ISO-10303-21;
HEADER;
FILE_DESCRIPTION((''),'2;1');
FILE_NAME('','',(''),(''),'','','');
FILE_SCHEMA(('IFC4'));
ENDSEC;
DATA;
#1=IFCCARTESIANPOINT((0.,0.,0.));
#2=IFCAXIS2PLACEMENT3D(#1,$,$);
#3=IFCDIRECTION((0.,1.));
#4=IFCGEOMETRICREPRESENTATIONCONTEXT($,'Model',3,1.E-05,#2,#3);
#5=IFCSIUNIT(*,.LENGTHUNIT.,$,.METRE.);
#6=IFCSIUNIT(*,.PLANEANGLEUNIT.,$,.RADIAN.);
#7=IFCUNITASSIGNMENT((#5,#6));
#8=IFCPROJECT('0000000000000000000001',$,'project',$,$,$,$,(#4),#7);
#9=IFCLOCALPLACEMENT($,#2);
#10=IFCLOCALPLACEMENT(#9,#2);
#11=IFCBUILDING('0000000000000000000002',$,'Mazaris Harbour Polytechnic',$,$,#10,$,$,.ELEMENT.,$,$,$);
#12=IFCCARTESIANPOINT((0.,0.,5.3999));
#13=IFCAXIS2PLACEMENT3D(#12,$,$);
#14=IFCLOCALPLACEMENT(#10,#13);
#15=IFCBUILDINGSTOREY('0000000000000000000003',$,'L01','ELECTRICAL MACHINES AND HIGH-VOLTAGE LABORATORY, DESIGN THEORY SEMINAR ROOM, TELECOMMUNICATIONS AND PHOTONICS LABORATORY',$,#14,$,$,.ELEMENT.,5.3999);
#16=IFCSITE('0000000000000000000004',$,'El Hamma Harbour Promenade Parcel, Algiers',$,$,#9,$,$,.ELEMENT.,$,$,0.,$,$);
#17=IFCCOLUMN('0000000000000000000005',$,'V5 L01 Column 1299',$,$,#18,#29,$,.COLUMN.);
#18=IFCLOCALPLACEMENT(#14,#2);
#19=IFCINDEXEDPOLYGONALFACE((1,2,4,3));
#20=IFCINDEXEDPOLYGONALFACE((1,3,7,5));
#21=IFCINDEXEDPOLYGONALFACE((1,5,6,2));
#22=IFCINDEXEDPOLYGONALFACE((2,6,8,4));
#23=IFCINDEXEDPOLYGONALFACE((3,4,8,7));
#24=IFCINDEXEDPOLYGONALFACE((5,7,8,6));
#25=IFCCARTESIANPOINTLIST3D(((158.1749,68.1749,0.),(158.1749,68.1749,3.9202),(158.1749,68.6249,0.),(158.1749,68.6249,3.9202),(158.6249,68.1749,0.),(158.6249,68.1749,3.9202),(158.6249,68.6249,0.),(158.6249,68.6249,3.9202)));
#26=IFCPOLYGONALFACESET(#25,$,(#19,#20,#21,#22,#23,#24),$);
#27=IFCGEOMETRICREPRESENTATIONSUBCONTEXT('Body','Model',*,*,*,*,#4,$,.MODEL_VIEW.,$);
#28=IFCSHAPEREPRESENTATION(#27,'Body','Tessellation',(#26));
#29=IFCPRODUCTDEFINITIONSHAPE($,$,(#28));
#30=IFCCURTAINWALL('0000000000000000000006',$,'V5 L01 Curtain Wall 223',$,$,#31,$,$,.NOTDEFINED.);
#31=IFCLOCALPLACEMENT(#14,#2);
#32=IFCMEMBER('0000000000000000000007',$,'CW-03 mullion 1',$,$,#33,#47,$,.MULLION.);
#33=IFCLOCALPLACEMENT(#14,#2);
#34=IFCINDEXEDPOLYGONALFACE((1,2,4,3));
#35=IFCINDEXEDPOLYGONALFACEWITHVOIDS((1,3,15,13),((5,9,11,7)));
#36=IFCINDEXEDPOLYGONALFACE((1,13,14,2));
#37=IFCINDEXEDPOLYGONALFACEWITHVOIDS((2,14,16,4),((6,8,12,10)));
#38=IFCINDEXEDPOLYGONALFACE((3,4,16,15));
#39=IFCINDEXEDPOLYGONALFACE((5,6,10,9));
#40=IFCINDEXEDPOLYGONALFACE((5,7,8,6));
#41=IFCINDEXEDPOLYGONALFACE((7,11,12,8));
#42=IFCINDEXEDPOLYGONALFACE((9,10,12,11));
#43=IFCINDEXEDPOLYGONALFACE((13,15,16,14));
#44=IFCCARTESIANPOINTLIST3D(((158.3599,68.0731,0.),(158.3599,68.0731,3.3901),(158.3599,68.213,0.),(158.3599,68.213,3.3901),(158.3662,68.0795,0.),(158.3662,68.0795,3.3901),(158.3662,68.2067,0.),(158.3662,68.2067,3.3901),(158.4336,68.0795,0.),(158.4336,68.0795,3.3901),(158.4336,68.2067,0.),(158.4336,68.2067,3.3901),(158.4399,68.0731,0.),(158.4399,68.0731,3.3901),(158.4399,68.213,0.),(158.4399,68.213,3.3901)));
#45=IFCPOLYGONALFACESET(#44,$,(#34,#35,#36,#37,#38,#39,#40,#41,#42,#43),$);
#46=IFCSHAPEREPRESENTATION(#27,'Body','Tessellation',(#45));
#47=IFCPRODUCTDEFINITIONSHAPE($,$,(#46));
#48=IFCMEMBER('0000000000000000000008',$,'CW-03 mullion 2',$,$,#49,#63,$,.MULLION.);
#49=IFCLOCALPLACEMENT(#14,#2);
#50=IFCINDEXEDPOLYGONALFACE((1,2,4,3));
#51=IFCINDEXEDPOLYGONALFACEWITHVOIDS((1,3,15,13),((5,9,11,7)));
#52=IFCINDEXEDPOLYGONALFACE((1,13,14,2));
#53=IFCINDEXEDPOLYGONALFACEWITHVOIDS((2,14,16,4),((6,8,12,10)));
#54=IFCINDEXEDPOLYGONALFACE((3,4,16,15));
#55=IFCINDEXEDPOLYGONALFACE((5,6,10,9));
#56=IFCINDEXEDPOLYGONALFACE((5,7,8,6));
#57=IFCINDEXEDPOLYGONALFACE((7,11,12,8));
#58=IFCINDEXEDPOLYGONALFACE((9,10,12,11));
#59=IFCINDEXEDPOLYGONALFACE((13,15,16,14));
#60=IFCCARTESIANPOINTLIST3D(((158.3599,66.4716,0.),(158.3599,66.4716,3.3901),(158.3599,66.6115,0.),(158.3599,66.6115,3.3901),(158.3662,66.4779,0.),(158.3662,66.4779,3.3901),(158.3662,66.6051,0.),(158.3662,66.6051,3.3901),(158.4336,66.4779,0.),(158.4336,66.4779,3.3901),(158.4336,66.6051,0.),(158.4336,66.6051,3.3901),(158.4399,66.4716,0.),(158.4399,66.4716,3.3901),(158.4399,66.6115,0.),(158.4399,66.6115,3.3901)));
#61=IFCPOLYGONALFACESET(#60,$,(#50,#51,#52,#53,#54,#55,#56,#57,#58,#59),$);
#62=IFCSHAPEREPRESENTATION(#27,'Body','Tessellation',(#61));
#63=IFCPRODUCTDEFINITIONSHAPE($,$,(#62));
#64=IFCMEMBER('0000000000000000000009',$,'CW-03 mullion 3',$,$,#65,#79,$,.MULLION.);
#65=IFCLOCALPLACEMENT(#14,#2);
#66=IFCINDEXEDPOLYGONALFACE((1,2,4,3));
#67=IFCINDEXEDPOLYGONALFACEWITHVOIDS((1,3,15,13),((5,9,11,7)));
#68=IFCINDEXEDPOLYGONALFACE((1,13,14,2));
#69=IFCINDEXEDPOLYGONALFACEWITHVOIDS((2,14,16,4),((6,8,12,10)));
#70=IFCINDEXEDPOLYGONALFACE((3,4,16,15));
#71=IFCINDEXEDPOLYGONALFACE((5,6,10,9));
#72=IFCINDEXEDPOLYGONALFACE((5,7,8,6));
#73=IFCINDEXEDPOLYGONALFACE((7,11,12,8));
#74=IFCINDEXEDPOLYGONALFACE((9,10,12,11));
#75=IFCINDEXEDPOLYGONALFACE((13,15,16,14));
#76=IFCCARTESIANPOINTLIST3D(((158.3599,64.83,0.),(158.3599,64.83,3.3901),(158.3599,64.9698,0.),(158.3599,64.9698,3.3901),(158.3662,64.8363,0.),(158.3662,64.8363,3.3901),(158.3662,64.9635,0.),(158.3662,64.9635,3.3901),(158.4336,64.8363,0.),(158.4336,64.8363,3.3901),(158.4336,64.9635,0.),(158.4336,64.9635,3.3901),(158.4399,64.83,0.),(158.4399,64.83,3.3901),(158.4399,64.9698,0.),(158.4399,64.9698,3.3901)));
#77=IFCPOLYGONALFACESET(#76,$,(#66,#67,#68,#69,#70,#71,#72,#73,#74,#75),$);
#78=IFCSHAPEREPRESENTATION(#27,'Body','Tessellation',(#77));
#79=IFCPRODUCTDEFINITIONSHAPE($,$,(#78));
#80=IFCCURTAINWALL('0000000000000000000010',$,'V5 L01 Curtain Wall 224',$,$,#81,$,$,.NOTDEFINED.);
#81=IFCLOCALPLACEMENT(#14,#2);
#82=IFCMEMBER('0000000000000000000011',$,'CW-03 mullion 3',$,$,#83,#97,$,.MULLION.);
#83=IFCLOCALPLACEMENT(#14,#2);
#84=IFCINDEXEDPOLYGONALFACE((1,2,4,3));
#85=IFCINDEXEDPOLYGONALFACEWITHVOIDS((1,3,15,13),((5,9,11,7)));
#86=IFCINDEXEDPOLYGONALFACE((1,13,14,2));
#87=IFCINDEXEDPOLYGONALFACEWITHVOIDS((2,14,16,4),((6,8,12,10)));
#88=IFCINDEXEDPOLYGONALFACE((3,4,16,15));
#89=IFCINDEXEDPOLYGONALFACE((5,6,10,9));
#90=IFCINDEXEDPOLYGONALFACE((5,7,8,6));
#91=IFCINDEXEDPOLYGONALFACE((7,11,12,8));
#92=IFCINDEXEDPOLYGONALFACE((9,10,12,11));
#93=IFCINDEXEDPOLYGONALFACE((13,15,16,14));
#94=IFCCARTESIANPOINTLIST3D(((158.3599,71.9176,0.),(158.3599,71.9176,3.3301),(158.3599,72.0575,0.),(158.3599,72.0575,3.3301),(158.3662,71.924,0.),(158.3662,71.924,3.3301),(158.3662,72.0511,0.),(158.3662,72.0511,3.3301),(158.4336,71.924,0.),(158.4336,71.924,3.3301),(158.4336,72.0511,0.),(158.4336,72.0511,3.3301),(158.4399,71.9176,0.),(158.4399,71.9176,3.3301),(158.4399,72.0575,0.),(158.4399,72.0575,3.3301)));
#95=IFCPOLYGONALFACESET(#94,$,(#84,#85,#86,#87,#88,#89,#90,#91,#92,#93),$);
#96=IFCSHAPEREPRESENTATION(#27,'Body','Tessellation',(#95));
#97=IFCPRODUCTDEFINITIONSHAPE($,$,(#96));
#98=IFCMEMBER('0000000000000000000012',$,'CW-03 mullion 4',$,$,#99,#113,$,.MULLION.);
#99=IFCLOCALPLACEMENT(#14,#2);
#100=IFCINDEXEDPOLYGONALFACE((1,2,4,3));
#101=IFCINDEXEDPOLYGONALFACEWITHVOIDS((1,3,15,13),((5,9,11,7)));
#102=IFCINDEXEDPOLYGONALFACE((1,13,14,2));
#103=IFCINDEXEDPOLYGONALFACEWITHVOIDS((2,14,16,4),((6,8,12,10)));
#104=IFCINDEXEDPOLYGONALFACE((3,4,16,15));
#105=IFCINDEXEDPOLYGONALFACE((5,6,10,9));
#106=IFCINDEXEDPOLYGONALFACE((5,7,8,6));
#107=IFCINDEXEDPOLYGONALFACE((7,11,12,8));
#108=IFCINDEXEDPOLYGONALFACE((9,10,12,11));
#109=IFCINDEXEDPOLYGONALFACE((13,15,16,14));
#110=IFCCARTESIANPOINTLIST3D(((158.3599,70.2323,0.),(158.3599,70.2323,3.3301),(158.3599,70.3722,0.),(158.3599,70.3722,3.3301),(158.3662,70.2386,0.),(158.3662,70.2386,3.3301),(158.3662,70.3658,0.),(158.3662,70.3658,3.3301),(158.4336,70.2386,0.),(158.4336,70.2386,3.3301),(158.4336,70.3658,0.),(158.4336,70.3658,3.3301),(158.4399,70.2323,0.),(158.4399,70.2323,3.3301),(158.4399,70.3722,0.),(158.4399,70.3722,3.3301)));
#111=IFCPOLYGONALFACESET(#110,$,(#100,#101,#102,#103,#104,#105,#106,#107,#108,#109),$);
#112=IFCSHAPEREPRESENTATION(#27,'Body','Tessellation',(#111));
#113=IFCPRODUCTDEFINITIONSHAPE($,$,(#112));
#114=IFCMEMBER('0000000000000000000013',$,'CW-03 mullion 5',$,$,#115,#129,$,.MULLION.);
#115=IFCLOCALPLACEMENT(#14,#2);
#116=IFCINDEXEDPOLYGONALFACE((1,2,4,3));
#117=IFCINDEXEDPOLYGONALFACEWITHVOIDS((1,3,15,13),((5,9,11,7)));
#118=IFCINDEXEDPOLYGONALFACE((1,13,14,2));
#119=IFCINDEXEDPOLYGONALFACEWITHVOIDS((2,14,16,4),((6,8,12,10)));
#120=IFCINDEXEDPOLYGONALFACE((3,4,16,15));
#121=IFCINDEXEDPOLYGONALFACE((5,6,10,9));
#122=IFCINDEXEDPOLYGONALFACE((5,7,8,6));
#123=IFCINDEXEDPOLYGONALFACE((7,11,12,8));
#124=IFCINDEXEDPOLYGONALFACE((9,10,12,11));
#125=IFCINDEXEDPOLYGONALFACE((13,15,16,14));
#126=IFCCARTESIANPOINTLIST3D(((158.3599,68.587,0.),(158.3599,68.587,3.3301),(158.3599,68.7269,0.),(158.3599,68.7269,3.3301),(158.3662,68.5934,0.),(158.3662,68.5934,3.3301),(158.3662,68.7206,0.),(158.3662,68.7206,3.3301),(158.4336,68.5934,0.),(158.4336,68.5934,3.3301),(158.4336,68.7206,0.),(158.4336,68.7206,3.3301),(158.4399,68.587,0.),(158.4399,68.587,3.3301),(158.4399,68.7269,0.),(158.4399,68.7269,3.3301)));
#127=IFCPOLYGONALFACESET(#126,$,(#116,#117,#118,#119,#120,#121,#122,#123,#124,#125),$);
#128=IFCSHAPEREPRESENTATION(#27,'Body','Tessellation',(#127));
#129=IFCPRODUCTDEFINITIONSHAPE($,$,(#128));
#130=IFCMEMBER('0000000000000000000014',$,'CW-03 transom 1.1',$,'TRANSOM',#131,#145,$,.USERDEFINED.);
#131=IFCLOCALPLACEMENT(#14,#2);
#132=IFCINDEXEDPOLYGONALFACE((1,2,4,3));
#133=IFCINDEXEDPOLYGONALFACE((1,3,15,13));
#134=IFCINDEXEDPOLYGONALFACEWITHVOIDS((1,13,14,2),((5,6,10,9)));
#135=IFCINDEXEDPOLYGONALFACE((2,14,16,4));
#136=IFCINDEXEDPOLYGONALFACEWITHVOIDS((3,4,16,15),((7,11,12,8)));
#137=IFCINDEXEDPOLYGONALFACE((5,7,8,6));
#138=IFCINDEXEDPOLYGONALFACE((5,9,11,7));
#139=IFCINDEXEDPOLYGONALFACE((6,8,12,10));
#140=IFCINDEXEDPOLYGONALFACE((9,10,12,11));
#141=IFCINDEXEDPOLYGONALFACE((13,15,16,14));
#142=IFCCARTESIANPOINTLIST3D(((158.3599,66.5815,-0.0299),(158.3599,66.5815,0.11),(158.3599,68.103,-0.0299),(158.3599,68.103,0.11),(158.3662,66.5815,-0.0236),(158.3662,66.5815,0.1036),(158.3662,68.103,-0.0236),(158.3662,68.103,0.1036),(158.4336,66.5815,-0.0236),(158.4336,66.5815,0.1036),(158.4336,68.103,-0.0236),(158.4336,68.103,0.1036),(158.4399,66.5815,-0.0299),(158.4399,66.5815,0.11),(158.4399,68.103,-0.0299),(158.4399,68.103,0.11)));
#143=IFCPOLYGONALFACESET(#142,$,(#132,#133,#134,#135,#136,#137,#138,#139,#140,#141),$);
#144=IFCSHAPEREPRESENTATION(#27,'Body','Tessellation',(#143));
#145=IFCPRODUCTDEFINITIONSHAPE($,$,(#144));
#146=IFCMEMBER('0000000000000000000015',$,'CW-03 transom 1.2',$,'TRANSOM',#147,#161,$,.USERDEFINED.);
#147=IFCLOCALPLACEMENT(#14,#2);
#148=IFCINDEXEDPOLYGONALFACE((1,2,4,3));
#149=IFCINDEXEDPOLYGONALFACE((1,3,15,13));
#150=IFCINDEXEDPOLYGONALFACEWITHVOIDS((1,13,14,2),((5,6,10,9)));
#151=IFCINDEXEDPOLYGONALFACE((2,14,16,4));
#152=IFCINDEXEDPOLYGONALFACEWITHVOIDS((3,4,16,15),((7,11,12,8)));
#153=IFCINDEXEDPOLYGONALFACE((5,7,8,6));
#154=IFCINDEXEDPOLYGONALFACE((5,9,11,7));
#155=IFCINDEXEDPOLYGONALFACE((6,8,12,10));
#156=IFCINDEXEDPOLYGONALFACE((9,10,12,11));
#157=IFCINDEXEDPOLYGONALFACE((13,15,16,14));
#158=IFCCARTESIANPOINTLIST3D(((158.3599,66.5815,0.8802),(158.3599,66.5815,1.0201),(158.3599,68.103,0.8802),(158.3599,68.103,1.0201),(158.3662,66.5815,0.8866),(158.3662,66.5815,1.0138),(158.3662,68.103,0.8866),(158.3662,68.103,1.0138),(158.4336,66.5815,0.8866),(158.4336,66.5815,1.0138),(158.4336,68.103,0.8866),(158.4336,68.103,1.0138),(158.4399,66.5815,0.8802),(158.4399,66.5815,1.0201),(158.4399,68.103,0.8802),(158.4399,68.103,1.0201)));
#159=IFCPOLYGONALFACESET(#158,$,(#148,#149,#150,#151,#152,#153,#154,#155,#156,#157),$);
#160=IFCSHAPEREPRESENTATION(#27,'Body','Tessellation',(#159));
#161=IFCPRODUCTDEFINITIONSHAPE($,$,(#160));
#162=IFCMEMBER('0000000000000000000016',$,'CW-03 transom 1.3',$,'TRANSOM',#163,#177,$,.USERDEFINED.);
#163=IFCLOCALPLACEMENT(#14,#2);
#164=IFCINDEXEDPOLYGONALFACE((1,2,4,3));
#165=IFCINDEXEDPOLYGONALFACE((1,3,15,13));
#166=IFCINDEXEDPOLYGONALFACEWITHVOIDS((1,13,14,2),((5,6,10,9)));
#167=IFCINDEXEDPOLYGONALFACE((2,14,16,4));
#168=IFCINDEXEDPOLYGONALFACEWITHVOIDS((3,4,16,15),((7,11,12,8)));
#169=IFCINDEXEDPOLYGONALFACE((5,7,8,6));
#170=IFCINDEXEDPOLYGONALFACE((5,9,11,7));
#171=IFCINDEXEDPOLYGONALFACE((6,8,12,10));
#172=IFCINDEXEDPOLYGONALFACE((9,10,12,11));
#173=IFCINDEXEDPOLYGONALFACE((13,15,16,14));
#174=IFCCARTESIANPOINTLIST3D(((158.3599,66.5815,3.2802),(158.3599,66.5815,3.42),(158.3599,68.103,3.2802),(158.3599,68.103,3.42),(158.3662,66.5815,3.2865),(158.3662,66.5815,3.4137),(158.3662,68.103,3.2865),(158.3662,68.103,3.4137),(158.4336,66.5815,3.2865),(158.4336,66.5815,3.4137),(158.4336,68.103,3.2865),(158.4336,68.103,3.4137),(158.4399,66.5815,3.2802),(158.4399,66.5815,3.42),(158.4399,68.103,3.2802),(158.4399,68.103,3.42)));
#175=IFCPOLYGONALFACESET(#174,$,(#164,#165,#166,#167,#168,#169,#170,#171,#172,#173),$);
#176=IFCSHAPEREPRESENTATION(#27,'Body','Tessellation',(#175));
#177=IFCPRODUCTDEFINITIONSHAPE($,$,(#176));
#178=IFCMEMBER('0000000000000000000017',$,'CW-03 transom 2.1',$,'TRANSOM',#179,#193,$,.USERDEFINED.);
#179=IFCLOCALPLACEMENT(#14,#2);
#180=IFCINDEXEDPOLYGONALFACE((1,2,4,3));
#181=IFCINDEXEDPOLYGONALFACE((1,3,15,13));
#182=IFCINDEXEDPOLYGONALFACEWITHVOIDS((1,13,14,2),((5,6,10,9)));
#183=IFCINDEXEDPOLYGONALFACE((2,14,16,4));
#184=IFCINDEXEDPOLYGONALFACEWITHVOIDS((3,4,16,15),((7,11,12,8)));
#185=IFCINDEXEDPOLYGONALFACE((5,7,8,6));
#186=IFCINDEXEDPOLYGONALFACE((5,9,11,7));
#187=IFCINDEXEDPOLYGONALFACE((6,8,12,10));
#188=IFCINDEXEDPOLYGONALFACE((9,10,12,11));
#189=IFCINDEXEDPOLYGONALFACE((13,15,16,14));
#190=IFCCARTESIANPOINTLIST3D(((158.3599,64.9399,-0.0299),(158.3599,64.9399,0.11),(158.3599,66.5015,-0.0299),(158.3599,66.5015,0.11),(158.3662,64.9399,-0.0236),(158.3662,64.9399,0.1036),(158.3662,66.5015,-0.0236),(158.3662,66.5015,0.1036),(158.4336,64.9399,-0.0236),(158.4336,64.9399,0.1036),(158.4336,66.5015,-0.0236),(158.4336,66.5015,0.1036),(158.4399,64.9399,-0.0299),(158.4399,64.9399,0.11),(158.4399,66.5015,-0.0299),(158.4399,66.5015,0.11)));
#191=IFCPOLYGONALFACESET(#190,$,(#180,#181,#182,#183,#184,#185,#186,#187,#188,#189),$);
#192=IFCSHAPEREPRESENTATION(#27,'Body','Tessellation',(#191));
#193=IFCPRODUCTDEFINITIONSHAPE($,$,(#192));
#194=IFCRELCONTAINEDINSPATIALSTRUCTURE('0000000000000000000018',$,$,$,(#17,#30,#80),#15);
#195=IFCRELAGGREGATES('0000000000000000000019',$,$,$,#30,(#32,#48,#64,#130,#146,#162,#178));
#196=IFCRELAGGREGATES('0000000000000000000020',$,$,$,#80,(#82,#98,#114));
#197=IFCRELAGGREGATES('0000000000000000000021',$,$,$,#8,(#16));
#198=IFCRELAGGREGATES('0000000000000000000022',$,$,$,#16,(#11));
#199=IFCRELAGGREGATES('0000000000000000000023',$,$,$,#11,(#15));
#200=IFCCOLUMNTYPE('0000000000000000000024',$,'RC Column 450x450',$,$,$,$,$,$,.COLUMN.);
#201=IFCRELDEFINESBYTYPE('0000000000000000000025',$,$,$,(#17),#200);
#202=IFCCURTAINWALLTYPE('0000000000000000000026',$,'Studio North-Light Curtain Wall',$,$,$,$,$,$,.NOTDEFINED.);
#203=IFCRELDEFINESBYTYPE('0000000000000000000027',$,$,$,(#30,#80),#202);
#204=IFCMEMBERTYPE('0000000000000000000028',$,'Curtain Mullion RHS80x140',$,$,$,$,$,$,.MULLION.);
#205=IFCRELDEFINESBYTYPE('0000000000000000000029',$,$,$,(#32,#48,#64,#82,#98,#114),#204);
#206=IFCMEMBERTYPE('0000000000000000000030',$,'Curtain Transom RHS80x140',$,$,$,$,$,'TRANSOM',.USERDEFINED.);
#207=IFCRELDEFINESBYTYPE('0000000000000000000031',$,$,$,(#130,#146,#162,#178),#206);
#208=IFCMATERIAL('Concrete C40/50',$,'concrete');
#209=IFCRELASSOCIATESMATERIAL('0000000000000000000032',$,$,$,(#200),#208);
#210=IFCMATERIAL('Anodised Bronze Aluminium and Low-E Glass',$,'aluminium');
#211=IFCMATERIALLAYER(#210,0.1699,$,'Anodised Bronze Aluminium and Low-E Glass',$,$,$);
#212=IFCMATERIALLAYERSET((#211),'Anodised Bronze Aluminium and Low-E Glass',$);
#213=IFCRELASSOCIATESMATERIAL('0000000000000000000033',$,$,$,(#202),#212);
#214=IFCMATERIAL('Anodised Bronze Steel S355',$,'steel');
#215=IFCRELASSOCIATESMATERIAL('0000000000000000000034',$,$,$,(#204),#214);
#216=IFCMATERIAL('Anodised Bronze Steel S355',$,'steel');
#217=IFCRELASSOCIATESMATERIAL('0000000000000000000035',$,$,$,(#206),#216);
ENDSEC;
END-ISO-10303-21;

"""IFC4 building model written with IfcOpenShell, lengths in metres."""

from ifc_helpers import new_model, si_unit, direction, frame, origin, origin_2d, place, context, subcontext, project, spatial, rectangle, hollow_rectangle, extrude, material, layer, layer_set, material_profile, profile_set, type_object, element, aggregate, save


model = new_model("IFC4")

# Units and contexts
model_context = context("Model", 3, precision=1e-05, world=origin(), true_north=direction((0.0, 1.0)))
body_context = subcontext(model_context, "Body", "Model", "MODEL_VIEW")
ifc_project = project(units=[si_unit("LENGTHUNIT", "METRE"), si_unit("PLANEANGLEUNIT", "RADIAN")], contexts=[model_context])

# Site, building, storey
site_placement = place(None, origin())
site = spatial("IfcSite", under=ifc_project, at=site_placement, Name="El Hamma Harbour Promenade Parcel, Algiers", CompositionType="ELEMENT", RefElevation=0.0)
building_placement = place(site_placement, origin())
building = spatial("IfcBuilding", under=site, at=building_placement, Name="Mazaris Harbour Polytechnic", CompositionType="ELEMENT")
storey_placement = place(building_placement, frame((0.0, 0.0, 5.3999)))
storey = spatial("IfcBuildingStorey", under=building, at=storey_placement, Name="L01", Description="ELECTRICAL MACHINES AND HIGH-VOLTAGE LABORATORY, DESIGN THEORY SEMINAR ROOM, TELECOMMUNICATIONS AND PHOTONICS LABORATORY", CompositionType="ELEMENT", Elevation=5.3999)

# Column
ifc_material_1 = material(Name="Concrete C40/50", Category="concrete")
ifc_material_profile_1 = material_profile(ifc_material_1, rectangle(XDim=0.45, YDim=0.45, at=origin_2d()), Name="RECT450x450")
ifc_profile_set_1 = profile_set([ifc_material_profile_1], Name="Concrete C40/50")
column_type = type_object("IfcColumnType", Name="RC Column 450x450", PredefinedType="COLUMN", material=ifc_profile_set_1)
column_placement = place(storey_placement, frame((158.3999, 68.3999, 0.0), z_axis=(0.0, 0.0, 1.0), x_axis=(1.0, 0.0, 0.0)))
element("IfcColumn", 1, at=column_placement, inside=storey, type_object=column_type, Name="V5 L01 Column 1299", PredefinedType="COLUMN", context=body_context, shape_type="SweptSolid", body=[
    extrude(rectangle(XDim=0.45, YDim=0.45, at=origin_2d()), origin(), (0.0, 0.0, 1.0), 3.9202),
])

# Curtain walls, members
ifc_material_2 = material(Name="Anodised Bronze Aluminium and Low-E Glass", Category="aluminium")
ifc_layer_1 = layer(ifc_material_2, 0.1699, Name="Anodised Bronze Aluminium and Low-E Glass")
ifc_layer_set_1 = layer_set([ifc_layer_1], Name="Anodised Bronze Aluminium and Low-E Glass")
curtain_wall_type = type_object("IfcCurtainWallType", Name="Studio North-Light Curtain Wall", PredefinedType="NOTDEFINED", material=ifc_layer_set_1)
curtain_wall_1_placement = place(storey_placement, origin())
curtain_wall_1 = element("IfcCurtainWall", 2, at=curtain_wall_1_placement, inside=storey, type_object=curtain_wall_type, Name="V5 L01 Curtain Wall 223", PredefinedType="NOTDEFINED")
ifc_material_3 = material(Name="Anodised Bronze Steel S355", Category="steel")
ifc_material_profile_2 = material_profile(ifc_material_3, hollow_rectangle(XDim=0.0801, YDim=0.1399, WallThickness=0.0063, at=origin_2d()), Name="RHS 80x140x6.3")
ifc_profile_set_2 = profile_set([ifc_material_profile_2], Name="Anodised Bronze Steel S355")
member_type_1 = type_object("IfcMemberType", Name="Curtain Mullion RHS80x140", PredefinedType="MULLION", material=ifc_profile_set_2)
member_1_placement = place(storey_placement, frame((158.3999, 68.1431, 0.0), z_axis=(0.0, 0.0, 1.0), x_axis=(1.0, 0.0, 0.0)))
member_1 = element("IfcMember", 3, at=member_1_placement, type_object=member_type_1, Name="CW-03 mullion 1", PredefinedType="MULLION", context=body_context, shape_type="SweptSolid", body=[
    extrude(hollow_rectangle(XDim=0.0801, YDim=0.1399, WallThickness=0.0063, at=origin_2d()), origin(), (0.0, 0.0, 1.0), 3.3901),
])
member_2_placement = place(storey_placement, frame((158.3999, 66.5415, 0.0), z_axis=(0.0, 0.0, 1.0), x_axis=(1.0, 0.0, 0.0)))
member_2 = element("IfcMember", 4, at=member_2_placement, type_object=member_type_1, Name="CW-03 mullion 2", PredefinedType="MULLION", context=body_context, shape_type="SweptSolid", body=[
    extrude(hollow_rectangle(XDim=0.0801, YDim=0.1399, WallThickness=0.0063, at=origin_2d()), origin(), (0.0, 0.0, 1.0), 3.3901),
])
member_3_placement = place(storey_placement, frame((158.3999, 64.8999, 0.0), z_axis=(0.0, 0.0, 1.0), x_axis=(1.0, 0.0, 0.0)))
member_3 = element("IfcMember", 5, at=member_3_placement, type_object=member_type_1, Name="CW-03 mullion 3", PredefinedType="MULLION", context=body_context, shape_type="SweptSolid", body=[
    extrude(hollow_rectangle(XDim=0.0801, YDim=0.1399, WallThickness=0.0063, at=origin_2d()), origin(), (0.0, 0.0, 1.0), 3.3901),
])
curtain_wall_2_placement = place(storey_placement, origin())
curtain_wall_2 = element("IfcCurtainWall", 6, at=curtain_wall_2_placement, inside=storey, type_object=curtain_wall_type, Name="V5 L01 Curtain Wall 224", PredefinedType="NOTDEFINED")
member_4_placement = place(storey_placement, frame((158.3999, 71.9875, 0.0), z_axis=(0.0, 0.0, 1.0), x_axis=(1.0, 0.0, 0.0)))
member_4 = element("IfcMember", 7, at=member_4_placement, type_object=member_type_1, Name="CW-03 mullion 3", PredefinedType="MULLION", context=body_context, shape_type="SweptSolid", body=[
    extrude(hollow_rectangle(XDim=0.0801, YDim=0.1399, WallThickness=0.0063, at=origin_2d()), origin(), (0.0, 0.0, 1.0), 3.3301),
])
member_5_placement = place(storey_placement, frame((158.3999, 70.3022, 0.0), z_axis=(0.0, 0.0, 1.0), x_axis=(1.0, 0.0, 0.0)))
member_5 = element("IfcMember", 8, at=member_5_placement, type_object=member_type_1, Name="CW-03 mullion 4", PredefinedType="MULLION", context=body_context, shape_type="SweptSolid", body=[
    extrude(hollow_rectangle(XDim=0.0801, YDim=0.1399, WallThickness=0.0063, at=origin_2d()), origin(), (0.0, 0.0, 1.0), 3.3301),
])
member_6_placement = place(storey_placement, frame((158.3999, 68.657, 0.0), z_axis=(0.0, 0.0, 1.0), x_axis=(1.0, 0.0, 0.0)))
member_6 = element("IfcMember", 9, at=member_6_placement, type_object=member_type_1, Name="CW-03 mullion 5", PredefinedType="MULLION", context=body_context, shape_type="SweptSolid", body=[
    extrude(hollow_rectangle(XDim=0.0801, YDim=0.1399, WallThickness=0.0063, at=origin_2d()), origin(), (0.0, 0.0, 1.0), 3.3301),
])

# Members
ifc_material_4 = material(Name="Anodised Bronze Steel S355", Category="steel")
ifc_material_profile_3 = material_profile(ifc_material_4, hollow_rectangle(XDim=0.0801, YDim=0.1399, WallThickness=0.0063, at=origin_2d()), Name="RHS 80x140x6.3")
ifc_profile_set_3 = profile_set([ifc_material_profile_3], Name="Anodised Bronze Steel S355")
member_type_2 = type_object("IfcMemberType", Name="Curtain Transom RHS80x140", ElementType="TRANSOM", PredefinedType="USERDEFINED", material=ifc_profile_set_3)
member_7_placement = place(storey_placement, frame((158.3999, 68.103, 0.04), z_axis=(0.0, -1.0, 0.0), x_axis=(1.0, 0.0, 0.0)))
member_7 = element("IfcMember", 10, at=member_7_placement, type_object=member_type_2, Name="CW-03 transom 1.1", ObjectType="TRANSOM", PredefinedType="USERDEFINED", context=body_context, shape_type="SweptSolid", body=[
    extrude(hollow_rectangle(XDim=0.0801, YDim=0.1399, WallThickness=0.0063, at=origin_2d()), origin(), (0.0, 0.0, 1.0), 1.5215),
])
member_8_placement = place(storey_placement, frame((158.3999, 68.103, 0.9502), z_axis=(0.0, -1.0, 0.0), x_axis=(1.0, 0.0, 0.0)))
member_8 = element("IfcMember", 11, at=member_8_placement, type_object=member_type_2, Name="CW-03 transom 1.2", ObjectType="TRANSOM", PredefinedType="USERDEFINED", context=body_context, shape_type="SweptSolid", body=[
    extrude(hollow_rectangle(XDim=0.0801, YDim=0.1399, WallThickness=0.0063, at=origin_2d()), origin(), (0.0, 0.0, 1.0), 1.5215),
])
member_9_placement = place(storey_placement, frame((158.3999, 68.103, 3.3501), z_axis=(0.0, -1.0, 0.0), x_axis=(1.0, 0.0, 0.0)))
member_9 = element("IfcMember", 12, at=member_9_placement, type_object=member_type_2, Name="CW-03 transom 1.3", ObjectType="TRANSOM", PredefinedType="USERDEFINED", context=body_context, shape_type="SweptSolid", body=[
    extrude(hollow_rectangle(XDim=0.0801, YDim=0.1399, WallThickness=0.0063, at=origin_2d()), origin(), (0.0, 0.0, 1.0), 1.5215),
])
member_10_placement = place(storey_placement, frame((158.3999, 66.5015, 0.04), z_axis=(0.0, -1.0, 0.0), x_axis=(1.0, 0.0, 0.0)))
member_10 = element("IfcMember", 13, at=member_10_placement, type_object=member_type_2, Name="CW-03 transom 2.1", ObjectType="TRANSOM", PredefinedType="USERDEFINED", context=body_context, shape_type="SweptSolid", body=[
    extrude(hollow_rectangle(XDim=0.0801, YDim=0.1399, WallThickness=0.0063, at=origin_2d()), origin(), (0.0, 0.0, 1.0), 1.5615),
])

aggregate(curtain_wall_1, [member_1, member_2, member_3, member_7, member_8, member_9, member_10])
aggregate(curtain_wall_2, [member_4, member_5, member_6])

save(model, "model.ifc")
